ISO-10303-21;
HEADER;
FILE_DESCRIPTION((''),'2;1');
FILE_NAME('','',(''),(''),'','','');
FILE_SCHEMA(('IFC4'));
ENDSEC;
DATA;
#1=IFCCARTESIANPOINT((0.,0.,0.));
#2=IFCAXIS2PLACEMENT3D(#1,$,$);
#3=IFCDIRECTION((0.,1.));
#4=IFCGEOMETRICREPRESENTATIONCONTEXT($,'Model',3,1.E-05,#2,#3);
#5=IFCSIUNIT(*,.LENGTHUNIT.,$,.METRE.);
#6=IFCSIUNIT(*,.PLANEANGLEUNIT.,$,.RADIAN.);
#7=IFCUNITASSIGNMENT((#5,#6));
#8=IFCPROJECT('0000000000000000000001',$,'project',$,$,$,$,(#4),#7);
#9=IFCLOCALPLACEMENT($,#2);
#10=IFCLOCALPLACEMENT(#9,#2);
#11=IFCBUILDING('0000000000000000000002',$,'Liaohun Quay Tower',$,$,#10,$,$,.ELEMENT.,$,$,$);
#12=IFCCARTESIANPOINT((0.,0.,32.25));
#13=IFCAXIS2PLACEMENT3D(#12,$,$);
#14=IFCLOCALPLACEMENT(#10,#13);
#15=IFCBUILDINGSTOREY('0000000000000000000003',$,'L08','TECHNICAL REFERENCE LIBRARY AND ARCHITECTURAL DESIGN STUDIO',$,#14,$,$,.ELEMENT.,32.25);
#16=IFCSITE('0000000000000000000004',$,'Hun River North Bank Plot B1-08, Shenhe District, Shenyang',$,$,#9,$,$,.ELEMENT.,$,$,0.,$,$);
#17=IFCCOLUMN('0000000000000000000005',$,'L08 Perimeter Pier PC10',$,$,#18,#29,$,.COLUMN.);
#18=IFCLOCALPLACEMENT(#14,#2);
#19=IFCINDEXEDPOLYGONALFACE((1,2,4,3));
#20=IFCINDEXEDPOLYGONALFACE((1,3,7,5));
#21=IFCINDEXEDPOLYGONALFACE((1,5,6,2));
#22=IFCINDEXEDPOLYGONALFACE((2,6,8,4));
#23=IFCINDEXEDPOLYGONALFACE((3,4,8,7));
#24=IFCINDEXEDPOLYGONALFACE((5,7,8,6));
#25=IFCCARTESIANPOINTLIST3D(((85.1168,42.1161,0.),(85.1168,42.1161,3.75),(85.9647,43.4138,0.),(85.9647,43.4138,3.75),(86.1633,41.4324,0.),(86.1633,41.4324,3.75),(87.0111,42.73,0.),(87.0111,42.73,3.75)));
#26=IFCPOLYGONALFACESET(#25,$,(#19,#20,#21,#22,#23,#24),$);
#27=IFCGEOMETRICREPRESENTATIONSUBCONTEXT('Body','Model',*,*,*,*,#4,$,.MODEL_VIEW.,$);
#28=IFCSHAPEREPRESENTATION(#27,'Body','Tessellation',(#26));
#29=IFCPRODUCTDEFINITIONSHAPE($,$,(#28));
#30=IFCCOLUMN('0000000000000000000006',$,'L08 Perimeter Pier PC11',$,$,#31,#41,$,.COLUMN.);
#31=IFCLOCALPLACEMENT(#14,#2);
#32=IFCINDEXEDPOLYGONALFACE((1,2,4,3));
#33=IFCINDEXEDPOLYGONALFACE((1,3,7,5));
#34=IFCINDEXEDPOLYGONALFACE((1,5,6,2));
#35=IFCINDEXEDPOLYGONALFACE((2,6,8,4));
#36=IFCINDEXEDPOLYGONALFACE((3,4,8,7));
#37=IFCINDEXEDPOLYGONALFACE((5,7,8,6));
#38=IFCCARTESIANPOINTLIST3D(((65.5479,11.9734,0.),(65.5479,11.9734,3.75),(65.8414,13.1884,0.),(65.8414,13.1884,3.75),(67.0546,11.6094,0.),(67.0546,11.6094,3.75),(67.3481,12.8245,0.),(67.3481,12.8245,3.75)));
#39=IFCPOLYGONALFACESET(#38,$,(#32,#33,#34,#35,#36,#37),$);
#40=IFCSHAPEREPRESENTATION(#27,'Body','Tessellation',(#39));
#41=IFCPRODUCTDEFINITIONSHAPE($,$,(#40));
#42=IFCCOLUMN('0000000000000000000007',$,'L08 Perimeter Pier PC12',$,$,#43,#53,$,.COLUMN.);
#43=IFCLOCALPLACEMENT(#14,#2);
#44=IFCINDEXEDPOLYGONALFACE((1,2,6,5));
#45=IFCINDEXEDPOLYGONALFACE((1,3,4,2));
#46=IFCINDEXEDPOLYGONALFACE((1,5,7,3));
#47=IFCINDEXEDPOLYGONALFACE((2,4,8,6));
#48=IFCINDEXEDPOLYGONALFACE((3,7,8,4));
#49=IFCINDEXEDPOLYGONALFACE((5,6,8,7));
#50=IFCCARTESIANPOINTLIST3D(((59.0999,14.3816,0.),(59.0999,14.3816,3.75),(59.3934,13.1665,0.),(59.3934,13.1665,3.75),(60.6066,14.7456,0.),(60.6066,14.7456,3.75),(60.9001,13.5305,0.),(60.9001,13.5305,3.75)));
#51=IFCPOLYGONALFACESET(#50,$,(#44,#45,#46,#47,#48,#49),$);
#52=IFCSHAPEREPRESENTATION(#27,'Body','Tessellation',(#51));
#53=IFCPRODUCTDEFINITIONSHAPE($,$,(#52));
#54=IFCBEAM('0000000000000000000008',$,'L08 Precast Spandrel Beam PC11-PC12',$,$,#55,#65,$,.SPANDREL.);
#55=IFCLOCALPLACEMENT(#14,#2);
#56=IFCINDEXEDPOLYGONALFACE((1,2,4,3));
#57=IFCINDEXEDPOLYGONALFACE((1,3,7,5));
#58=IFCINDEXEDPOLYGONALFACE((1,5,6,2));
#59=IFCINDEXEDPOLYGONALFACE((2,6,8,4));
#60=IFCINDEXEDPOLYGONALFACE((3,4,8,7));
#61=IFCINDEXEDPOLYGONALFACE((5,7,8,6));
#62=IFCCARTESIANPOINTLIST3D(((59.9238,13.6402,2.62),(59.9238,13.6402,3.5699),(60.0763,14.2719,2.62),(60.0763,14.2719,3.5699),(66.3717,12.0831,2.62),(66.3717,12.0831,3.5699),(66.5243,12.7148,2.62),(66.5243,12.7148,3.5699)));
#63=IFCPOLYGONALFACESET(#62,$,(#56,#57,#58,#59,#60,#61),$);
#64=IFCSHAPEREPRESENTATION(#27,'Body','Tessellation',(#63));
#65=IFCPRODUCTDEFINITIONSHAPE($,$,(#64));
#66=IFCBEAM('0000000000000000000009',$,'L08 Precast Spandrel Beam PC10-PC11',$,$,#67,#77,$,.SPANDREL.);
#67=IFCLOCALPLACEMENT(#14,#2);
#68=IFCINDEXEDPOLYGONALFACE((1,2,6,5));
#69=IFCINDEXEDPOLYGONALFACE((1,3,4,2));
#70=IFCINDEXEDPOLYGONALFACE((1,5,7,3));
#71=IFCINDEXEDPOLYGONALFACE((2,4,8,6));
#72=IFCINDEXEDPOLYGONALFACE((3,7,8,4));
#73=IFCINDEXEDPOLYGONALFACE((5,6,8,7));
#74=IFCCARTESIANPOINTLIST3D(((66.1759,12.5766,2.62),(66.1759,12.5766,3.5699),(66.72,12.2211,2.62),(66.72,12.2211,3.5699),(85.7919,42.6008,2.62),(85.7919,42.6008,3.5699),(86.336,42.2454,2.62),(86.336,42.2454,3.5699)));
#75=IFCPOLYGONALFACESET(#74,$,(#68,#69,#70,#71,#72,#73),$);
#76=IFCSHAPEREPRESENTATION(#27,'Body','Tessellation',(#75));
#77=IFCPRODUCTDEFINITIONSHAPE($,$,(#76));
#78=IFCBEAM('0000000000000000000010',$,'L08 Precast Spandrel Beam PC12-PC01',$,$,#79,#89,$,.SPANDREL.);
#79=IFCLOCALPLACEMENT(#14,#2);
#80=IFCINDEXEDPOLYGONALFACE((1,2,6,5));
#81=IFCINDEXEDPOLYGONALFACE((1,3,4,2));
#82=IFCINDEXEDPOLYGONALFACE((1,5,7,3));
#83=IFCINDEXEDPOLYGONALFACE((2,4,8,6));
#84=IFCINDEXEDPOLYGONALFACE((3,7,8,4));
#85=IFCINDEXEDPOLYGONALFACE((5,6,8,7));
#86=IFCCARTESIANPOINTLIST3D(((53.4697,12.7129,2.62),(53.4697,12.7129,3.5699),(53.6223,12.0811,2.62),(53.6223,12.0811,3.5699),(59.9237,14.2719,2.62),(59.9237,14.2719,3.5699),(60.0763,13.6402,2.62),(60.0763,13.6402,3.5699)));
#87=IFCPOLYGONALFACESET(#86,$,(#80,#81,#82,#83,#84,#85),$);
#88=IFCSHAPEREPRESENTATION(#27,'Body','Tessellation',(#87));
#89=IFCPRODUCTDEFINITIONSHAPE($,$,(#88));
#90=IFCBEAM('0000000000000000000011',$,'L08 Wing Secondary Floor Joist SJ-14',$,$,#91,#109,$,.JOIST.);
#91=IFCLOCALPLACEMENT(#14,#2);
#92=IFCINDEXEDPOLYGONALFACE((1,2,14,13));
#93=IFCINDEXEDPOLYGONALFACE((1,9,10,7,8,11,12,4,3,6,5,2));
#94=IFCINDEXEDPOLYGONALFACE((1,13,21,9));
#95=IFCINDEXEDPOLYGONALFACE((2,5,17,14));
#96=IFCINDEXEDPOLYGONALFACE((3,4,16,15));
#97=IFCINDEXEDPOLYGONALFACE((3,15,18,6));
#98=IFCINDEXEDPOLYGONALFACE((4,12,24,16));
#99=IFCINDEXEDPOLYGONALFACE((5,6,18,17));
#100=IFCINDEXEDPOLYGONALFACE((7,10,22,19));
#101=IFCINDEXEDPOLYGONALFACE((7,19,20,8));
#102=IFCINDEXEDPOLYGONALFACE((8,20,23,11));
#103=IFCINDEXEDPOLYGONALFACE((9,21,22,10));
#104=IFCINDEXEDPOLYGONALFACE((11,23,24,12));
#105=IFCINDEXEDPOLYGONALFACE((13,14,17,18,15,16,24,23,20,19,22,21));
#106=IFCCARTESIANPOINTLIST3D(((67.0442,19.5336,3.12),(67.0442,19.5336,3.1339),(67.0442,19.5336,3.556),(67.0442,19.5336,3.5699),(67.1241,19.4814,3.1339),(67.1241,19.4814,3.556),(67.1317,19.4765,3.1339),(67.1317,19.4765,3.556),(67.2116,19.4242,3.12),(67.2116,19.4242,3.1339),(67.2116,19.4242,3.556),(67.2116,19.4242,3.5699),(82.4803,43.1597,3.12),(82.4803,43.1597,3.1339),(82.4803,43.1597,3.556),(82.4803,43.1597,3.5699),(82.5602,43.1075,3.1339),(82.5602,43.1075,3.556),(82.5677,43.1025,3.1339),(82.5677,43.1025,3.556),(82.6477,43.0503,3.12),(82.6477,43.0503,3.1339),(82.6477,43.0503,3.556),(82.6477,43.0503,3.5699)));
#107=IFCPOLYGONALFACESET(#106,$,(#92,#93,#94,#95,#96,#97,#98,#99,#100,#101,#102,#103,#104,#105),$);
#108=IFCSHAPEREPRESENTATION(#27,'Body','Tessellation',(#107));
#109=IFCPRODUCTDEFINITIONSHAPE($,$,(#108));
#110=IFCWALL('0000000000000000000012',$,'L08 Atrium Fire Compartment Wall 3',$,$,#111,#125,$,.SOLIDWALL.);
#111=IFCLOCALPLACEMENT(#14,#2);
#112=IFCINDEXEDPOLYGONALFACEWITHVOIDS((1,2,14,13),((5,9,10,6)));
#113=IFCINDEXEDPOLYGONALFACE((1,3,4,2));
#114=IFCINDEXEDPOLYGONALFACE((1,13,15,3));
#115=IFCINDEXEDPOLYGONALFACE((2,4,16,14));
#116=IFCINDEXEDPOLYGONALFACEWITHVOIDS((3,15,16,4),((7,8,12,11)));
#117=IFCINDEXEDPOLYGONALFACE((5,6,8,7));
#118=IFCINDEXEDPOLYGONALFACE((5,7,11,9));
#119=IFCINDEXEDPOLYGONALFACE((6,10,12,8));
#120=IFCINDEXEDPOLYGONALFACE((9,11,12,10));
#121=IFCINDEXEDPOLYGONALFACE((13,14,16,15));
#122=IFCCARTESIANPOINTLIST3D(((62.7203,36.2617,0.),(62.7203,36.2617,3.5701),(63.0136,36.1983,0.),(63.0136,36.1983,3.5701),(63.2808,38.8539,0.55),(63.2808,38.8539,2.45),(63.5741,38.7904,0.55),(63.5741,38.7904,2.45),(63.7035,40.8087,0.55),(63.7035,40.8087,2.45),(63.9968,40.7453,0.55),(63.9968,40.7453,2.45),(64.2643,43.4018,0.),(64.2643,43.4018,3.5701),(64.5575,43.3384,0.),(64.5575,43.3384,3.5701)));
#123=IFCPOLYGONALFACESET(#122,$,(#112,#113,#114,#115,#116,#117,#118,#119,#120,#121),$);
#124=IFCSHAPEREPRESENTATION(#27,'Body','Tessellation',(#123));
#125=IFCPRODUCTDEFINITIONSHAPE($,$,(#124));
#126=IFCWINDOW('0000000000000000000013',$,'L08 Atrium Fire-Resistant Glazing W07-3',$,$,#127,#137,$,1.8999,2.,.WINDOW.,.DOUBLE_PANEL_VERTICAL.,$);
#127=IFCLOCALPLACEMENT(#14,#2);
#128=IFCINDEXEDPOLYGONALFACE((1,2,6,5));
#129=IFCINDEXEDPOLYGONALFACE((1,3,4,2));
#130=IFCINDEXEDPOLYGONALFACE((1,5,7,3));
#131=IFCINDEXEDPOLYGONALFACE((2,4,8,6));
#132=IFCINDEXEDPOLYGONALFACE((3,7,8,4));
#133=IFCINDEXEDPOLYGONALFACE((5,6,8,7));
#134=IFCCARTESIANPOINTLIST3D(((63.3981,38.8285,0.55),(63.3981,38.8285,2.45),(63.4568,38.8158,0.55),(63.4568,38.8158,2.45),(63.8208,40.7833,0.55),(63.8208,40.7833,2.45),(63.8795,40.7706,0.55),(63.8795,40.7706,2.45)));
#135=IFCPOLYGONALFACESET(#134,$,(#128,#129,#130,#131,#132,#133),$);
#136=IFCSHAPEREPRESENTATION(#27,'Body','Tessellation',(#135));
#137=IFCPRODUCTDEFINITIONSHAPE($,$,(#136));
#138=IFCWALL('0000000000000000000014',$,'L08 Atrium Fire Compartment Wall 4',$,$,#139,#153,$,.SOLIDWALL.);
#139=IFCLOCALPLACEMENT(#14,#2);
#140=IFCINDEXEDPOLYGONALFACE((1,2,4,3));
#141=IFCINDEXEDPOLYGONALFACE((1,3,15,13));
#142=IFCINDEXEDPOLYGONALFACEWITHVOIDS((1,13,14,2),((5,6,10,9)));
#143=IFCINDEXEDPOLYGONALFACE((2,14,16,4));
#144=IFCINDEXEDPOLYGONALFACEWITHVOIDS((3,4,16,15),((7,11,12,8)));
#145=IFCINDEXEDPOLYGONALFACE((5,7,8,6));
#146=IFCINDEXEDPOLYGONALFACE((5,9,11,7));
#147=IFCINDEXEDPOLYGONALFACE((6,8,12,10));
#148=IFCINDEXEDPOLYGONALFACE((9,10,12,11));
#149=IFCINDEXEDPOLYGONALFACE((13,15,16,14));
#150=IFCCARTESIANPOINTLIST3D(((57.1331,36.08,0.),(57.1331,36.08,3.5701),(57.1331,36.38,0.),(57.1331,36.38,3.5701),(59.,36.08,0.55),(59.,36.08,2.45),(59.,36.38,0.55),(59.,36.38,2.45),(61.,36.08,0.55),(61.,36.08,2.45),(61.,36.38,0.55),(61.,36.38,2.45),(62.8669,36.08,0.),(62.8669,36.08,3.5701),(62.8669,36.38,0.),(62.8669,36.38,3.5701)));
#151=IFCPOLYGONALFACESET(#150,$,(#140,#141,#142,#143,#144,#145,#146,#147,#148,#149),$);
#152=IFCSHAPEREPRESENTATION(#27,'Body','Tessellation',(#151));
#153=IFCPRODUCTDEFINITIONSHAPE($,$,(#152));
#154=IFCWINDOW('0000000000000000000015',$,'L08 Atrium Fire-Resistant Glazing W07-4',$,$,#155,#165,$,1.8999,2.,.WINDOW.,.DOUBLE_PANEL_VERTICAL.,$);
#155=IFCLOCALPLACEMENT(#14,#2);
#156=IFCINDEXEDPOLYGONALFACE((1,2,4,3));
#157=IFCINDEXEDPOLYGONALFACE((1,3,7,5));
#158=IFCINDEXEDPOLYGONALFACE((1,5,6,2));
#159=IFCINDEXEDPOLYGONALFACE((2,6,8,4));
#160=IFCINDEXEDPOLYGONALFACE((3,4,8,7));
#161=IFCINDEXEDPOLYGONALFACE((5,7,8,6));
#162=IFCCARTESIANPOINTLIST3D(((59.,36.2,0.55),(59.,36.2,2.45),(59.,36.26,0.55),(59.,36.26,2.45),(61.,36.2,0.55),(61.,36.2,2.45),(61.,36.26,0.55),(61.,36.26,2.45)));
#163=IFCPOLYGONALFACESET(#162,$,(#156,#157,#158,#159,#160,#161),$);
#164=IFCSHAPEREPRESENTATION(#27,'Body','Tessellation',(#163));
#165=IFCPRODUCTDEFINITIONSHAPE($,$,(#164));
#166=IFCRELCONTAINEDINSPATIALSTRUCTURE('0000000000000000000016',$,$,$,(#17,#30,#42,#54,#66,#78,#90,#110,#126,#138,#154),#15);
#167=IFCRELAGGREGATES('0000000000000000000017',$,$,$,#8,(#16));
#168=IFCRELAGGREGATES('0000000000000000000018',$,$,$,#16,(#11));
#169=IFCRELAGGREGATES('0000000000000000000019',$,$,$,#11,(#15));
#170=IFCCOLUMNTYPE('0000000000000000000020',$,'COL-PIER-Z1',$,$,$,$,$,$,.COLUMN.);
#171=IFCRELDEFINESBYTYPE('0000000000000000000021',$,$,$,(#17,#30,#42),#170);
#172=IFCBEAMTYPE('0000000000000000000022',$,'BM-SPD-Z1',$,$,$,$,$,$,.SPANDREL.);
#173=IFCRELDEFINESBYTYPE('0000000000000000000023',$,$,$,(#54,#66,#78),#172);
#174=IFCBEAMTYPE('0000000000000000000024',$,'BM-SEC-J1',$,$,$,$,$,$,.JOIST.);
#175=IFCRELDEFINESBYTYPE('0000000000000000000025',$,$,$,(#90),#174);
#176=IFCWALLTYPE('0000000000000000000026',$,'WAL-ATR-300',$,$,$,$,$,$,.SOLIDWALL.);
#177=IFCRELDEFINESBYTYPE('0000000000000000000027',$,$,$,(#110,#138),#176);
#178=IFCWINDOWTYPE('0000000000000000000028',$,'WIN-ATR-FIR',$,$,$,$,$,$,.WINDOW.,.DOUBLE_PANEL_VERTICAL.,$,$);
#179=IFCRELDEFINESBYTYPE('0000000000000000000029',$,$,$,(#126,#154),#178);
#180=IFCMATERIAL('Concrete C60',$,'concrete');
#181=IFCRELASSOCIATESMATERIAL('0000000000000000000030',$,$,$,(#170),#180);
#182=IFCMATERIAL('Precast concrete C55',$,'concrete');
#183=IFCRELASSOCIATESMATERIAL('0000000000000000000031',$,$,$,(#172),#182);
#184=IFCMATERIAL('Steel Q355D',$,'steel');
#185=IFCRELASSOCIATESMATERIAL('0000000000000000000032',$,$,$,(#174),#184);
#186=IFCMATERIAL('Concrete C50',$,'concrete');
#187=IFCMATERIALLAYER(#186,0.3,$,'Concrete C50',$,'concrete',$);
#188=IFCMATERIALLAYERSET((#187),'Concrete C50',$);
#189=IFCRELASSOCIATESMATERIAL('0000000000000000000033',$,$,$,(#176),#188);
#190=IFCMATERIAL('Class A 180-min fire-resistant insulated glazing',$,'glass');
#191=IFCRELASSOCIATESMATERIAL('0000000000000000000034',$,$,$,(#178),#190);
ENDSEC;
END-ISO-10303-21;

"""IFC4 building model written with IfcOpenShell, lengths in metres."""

from ifc_helpers import new_model, si_unit, direction, frame, frame_2d, origin, origin_2d, place, context, subcontext, project, spatial, rectangle, i_section, extrude, source, transform, mapped, material, layer, layer_set, material_profile, profile_set, type_object, element, fill, save


model = new_model("IFC4")

# Units and contexts
model_context = context("Model", 3, precision=1e-05, world=origin(), true_north=direction((0.0, 1.0)))
body_context = subcontext(model_context, "Body", "Model", "MODEL_VIEW")
ifc_project = project(units=[si_unit("LENGTHUNIT", "METRE"), si_unit("PLANEANGLEUNIT", "RADIAN")], contexts=[model_context])

# Site, building, storey
site_placement = place(None, origin())
site = spatial("IfcSite", under=ifc_project, at=site_placement, Name="Hun River North Bank Plot B1-08, Shenhe District, Shenyang", CompositionType="ELEMENT", RefElevation=0.0)
building_placement = place(site_placement, origin())
building = spatial("IfcBuilding", under=site, at=building_placement, Name="Liaohun Quay Tower", CompositionType="ELEMENT")
storey_placement = place(building_placement, frame((0.0, 0.0, 32.25)))
storey = spatial("IfcBuildingStorey", under=building, at=storey_placement, Name="L08", Description="TECHNICAL REFERENCE LIBRARY AND ARCHITECTURAL DESIGN STUDIO", CompositionType="ELEMENT", Elevation=32.25)

# Columns
ifc_material_1 = material(Name="Concrete C60", Category="concrete")
ifc_material_profile_1 = material_profile(ifc_material_1, rectangle(XDim=1.55, YDim=1.25, at=origin_2d()), Name="RC1550x1250")
ifc_profile_set_1 = profile_set([ifc_material_profile_1], Name="Concrete C60")
column_type = type_object("IfcColumnType", Name="COL-PIER-Z1", PredefinedType="COLUMN", material=ifc_profile_set_1)
shared_shape_1 = source(origin(), body_context, "Body", "SweptSolid", [
    extrude(rectangle(XDim=1.55, YDim=1.25, at=origin_2d()), origin(), (0.0, 0.0, 1.0), 3.75),
])
for number, where, z_axis, x_axis, name in (
    (1, (86.064, 42.4231, 0.0), (0.0, 0.0, 1.0), (0.546979, 0.837146, 0.0), "L08 Perimeter Pier PC10"),
    (2, (66.448, 12.3989, 0.0), (0.0, 0.0, 1.0), (-0.972043, 0.234803, 0.0), "L08 Perimeter Pier PC11"),
    (3, (60.0, 13.9561, 0.0), (0.0, 0.0, 1.0), (0.972043, 0.234803, 0.0), "L08 Perimeter Pier PC12"),
):
    element("IfcColumn", number, at=place(storey_placement, frame(where, z_axis=z_axis, x_axis=x_axis)), inside=storey, type_object=column_type, Name=name, PredefinedType="COLUMN", context=body_context, shape_type="MappedRepresentation", body=[
        mapped(shared_shape_1, transform((0.0, 0.0, 0.0), x_axis=(1.0, 0.0, 0.0), y_axis=(0.0, 1.0, 0.0), z_axis=(0.0, 0.0, 1.0), scale=1.0)),
    ])

# Beams
ifc_material_2 = material(Name="Precast concrete C55", Category="concrete")
ifc_material_profile_2 = material_profile(ifc_material_2, rectangle(XDim=0.6499, YDim=0.95, at=origin_2d()), Name="RC650x950")
ifc_profile_set_2 = profile_set([ifc_material_profile_2], Name="Precast concrete C55")
beam_type_1 = type_object("IfcBeamType", Name="BM-SPD-Z1", PredefinedType="SPANDREL", material=ifc_profile_set_2)
shared_shape_2 = source(origin(), body_context, "Body", "SweptSolid", [
    extrude(rectangle(XDim=0.6499, YDim=0.95, at=origin_2d()), origin(), (0.0, 0.0, 1.0), 6.6333),
])
beam_1_placement = place(storey_placement, frame((66.448, 12.3989, 3.095), z_axis=(-0.972058, 0.234742, 0.0), x_axis=(-0.234742, -0.972058, 0.0)))
element("IfcBeam", 4, at=beam_1_placement, inside=storey, type_object=beam_type_1, Name="L08 Precast Spandrel Beam PC11-PC12", PredefinedType="SPANDREL", context=body_context, shape_type="MappedRepresentation", body=[
    mapped(shared_shape_2, transform((0.0, 0.0, 0.0), x_axis=(1.0, 0.0, 0.0), y_axis=(0.0, 1.0, 0.0), z_axis=(0.0, 0.0, 1.0), scale=1.0)),
])
shared_shape_3 = source(origin(), body_context, "Body", "SweptSolid", [
    extrude(rectangle(XDim=0.6499, YDim=0.95, at=origin_2d()), origin(), (0.0, 0.0, 1.0), 35.8643),
])
beam_2_placement = place(storey_placement, frame((86.064, 42.4231, 3.095), z_axis=(-0.546952, -0.837164, 0.0), x_axis=(0.837164, -0.546952, 0.0)))
element("IfcBeam", 5, at=beam_2_placement, inside=storey, type_object=beam_type_1, Name="L08 Precast Spandrel Beam PC10-PC11", PredefinedType="SPANDREL", context=body_context, shape_type="MappedRepresentation", body=[
    mapped(shared_shape_3, transform((0.0, 0.0, 0.0), x_axis=(1.0, 0.0, 0.0), y_axis=(0.0, 1.0, 0.0), z_axis=(0.0, 0.0, 1.0), scale=1.0)),
])
shared_shape_4 = source(origin(), body_context, "Body", "SweptSolid", [
    extrude(rectangle(XDim=0.6499, YDim=0.95, at=origin_2d()), origin(), (0.0, 0.0, 1.0), 6.6396),
])
beam_3_placement = place(storey_placement, frame((60.0, 13.9561, 3.095), z_axis=(-0.972041, -0.234811, 0.0), x_axis=(0.234811, -0.972041, 0.0)))
element("IfcBeam", 6, at=beam_3_placement, inside=storey, type_object=beam_type_1, Name="L08 Precast Spandrel Beam PC12-PC01", PredefinedType="SPANDREL", context=body_context, shape_type="MappedRepresentation", body=[
    mapped(shared_shape_4, transform((0.0, 0.0, 0.0), x_axis=(1.0, 0.0, 0.0), y_axis=(0.0, 1.0, 0.0), z_axis=(0.0, 0.0, 1.0), scale=1.0)),
])
ifc_material_3 = material(Name="Steel Q355D", Category="steel")
ifc_material_profile_3 = material_profile(ifc_material_3, i_section(OverallWidth=0.2, OverallDepth=0.45, WebThickness=0.009, FlangeThickness=0.0139, at=origin_2d()), Name="HN450x200x9x14")
ifc_profile_set_3 = profile_set([ifc_material_profile_3], Name="Steel Q355D")
beam_type_2 = type_object("IfcBeamType", Name="BM-SEC-J1", PredefinedType="JOIST", material=ifc_profile_set_3)
shared_shape_5 = source(origin(), body_context, "Body", "SweptSolid", [
    extrude(i_section(OverallWidth=0.2, OverallDepth=0.45, WebThickness=0.009, FlangeThickness=0.0139, at=origin_2d()), origin(), (0.0, 0.0, 1.0), 28.2217),
])
beam_4_placement = place(storey_placement, frame((82.564, 43.105, 3.345), z_axis=(-0.546958, -0.83716, 0.0), x_axis=(0.83716, -0.546958, 0.0)))
element("IfcBeam", 7, at=beam_4_placement, inside=storey, type_object=beam_type_2, Name="L08 Wing Secondary Floor Joist SJ-14", PredefinedType="JOIST", context=body_context, shape_type="MappedRepresentation", body=[
    mapped(shared_shape_5, transform((0.0, 0.0, 0.0), x_axis=(1.0, 0.0, 0.0), y_axis=(0.0, 1.0, 0.0), z_axis=(0.0, 0.0, 1.0), scale=1.0)),
])

# Walls, openings, windows
ifc_material_4 = material(Name="Concrete C50", Category="concrete")
ifc_layer_1 = layer(ifc_material_4, 0.3, Name="Concrete C50", Category="concrete")
ifc_layer_set_1 = layer_set([ifc_layer_1], Name="Concrete C50")
wall_type_1 = type_object("IfcWallType", Name="WAL-ATR-300", PredefinedType="SOLIDWALL", material=ifc_layer_set_1)
wall_1_placement = place(storey_placement, frame((64.4109, 43.3701, 0.0), z_axis=(0.0, 0.0, 1.0), x_axis=(-0.21135, -0.97741, 0.0)))
wall_1 = element("IfcWall", 8, at=wall_1_placement, inside=storey, type_object=wall_type_1, Name="L08 Atrium Fire Compartment Wall 3", PredefinedType="SOLIDWALL", context=body_context, shape_type="SweptSolid", body=[
    extrude(rectangle(XDim=7.3052, YDim=0.3, at=frame_2d((3.6526, 0.0))), origin(), (0.0, 0.0, 1.0), 3.5701),
])
shared_shape_6 = source(origin(), body_context, "Body", "SweptSolid", [
    extrude(rectangle(XDim=2.0, YDim=1.8999, at=frame_2d((1.0, 0.95))), frame((0.0, 0.1599, 0.0), z_axis=(0.0, -1.0, 0.0), x_axis=(1.0, 0.0, 0.0)), (0.0, 0.0, 1.0), 0.3201),
])
opening_1_placement = place(wall_1_placement, frame((2.6531, 0.0, 0.55)))
opening_1 = element("IfcOpeningElement", 9, at=opening_1_placement, cuts=wall_1, PredefinedType="OPENING", context=body_context, shape_type="MappedRepresentation", body=[
    mapped(shared_shape_6, transform((0.0, 0.0, 0.0), x_axis=(1.0, 0.0, 0.0), y_axis=(0.0, 1.0, 0.0), z_axis=(0.0, 0.0, 1.0), scale=1.0)),
])
ifc_material_5 = material(Name="Class A 180-min fire-resistant insulated glazing", Category="glass")
window_type_1 = type_object("IfcWindowType", Name="WIN-ATR-FIR", PartitioningType="DOUBLE_PANEL_VERTICAL", PredefinedType="WINDOW", material=ifc_material_5)
shared_shape_7 = source(origin(), body_context, "Body", "SweptSolid", [
    extrude(rectangle(XDim=2.0, YDim=1.8999, at=frame_2d((1.0, 0.95))), frame((0.0, 0.03, 0.0), z_axis=(0.0, -1.0, 0.0), x_axis=(1.0, 0.0, 0.0)), (0.0, 0.0, 1.0), 0.0601),
])
window_1_placement = place(opening_1_placement, origin())
window_1 = element("IfcWindow", 10, at=window_1_placement, inside=storey, type_object=window_type_1, Name="L08 Atrium Fire-Resistant Glazing W07-3", OverallHeight=1.8999, OverallWidth=2.0, PartitioningType="DOUBLE_PANEL_VERTICAL", PredefinedType="WINDOW", context=body_context, shape_type="MappedRepresentation", body=[
    mapped(shared_shape_7, transform((0.0, 0.0, 0.0), x_axis=(1.0, 0.0, 0.0), y_axis=(0.0, 1.0, 0.0), z_axis=(0.0, 0.0, 1.0), scale=1.0)),
])
fill(opening_1, window_1)
wall_2_placement = place(storey_placement, frame((62.8669, 36.23, 0.0), z_axis=(0.0, 0.0, 1.0), x_axis=(-1.0, 0.0, 0.0)))
wall_2 = element("IfcWall", 11, at=wall_2_placement, inside=storey, type_object=wall_type_1, Name="L08 Atrium Fire Compartment Wall 4", PredefinedType="SOLIDWALL", context=body_context, shape_type="SweptSolid", body=[
    extrude(rectangle(XDim=5.7339, YDim=0.3, at=frame_2d((2.8669, 0.0))), origin(), (0.0, 0.0, 1.0), 3.5701),
])
opening_2_placement = place(wall_2_placement, frame((1.8669, 0.0, 0.55)))
opening_2 = element("IfcOpeningElement", 12, at=opening_2_placement, cuts=wall_2, PredefinedType="OPENING", context=body_context, shape_type="MappedRepresentation", body=[
    mapped(shared_shape_6, transform((0.0, 0.0, 0.0), x_axis=(1.0, 0.0, 0.0), y_axis=(0.0, 1.0, 0.0), z_axis=(0.0, 0.0, 1.0), scale=1.0)),
])
window_2_placement = place(opening_2_placement, origin())
window_2 = element("IfcWindow", 13, at=window_2_placement, inside=storey, type_object=window_type_1, Name="L08 Atrium Fire-Resistant Glazing W07-4", OverallHeight=1.8999, OverallWidth=2.0, PartitioningType="DOUBLE_PANEL_VERTICAL", PredefinedType="WINDOW", context=body_context, shape_type="MappedRepresentation", body=[
    mapped(shared_shape_7, transform((0.0, 0.0, 0.0), x_axis=(1.0, 0.0, 0.0), y_axis=(0.0, 1.0, 0.0), z_axis=(0.0, 0.0, 1.0), scale=1.0)),
])
fill(opening_2, window_2)

save(model, "model.ifc")
